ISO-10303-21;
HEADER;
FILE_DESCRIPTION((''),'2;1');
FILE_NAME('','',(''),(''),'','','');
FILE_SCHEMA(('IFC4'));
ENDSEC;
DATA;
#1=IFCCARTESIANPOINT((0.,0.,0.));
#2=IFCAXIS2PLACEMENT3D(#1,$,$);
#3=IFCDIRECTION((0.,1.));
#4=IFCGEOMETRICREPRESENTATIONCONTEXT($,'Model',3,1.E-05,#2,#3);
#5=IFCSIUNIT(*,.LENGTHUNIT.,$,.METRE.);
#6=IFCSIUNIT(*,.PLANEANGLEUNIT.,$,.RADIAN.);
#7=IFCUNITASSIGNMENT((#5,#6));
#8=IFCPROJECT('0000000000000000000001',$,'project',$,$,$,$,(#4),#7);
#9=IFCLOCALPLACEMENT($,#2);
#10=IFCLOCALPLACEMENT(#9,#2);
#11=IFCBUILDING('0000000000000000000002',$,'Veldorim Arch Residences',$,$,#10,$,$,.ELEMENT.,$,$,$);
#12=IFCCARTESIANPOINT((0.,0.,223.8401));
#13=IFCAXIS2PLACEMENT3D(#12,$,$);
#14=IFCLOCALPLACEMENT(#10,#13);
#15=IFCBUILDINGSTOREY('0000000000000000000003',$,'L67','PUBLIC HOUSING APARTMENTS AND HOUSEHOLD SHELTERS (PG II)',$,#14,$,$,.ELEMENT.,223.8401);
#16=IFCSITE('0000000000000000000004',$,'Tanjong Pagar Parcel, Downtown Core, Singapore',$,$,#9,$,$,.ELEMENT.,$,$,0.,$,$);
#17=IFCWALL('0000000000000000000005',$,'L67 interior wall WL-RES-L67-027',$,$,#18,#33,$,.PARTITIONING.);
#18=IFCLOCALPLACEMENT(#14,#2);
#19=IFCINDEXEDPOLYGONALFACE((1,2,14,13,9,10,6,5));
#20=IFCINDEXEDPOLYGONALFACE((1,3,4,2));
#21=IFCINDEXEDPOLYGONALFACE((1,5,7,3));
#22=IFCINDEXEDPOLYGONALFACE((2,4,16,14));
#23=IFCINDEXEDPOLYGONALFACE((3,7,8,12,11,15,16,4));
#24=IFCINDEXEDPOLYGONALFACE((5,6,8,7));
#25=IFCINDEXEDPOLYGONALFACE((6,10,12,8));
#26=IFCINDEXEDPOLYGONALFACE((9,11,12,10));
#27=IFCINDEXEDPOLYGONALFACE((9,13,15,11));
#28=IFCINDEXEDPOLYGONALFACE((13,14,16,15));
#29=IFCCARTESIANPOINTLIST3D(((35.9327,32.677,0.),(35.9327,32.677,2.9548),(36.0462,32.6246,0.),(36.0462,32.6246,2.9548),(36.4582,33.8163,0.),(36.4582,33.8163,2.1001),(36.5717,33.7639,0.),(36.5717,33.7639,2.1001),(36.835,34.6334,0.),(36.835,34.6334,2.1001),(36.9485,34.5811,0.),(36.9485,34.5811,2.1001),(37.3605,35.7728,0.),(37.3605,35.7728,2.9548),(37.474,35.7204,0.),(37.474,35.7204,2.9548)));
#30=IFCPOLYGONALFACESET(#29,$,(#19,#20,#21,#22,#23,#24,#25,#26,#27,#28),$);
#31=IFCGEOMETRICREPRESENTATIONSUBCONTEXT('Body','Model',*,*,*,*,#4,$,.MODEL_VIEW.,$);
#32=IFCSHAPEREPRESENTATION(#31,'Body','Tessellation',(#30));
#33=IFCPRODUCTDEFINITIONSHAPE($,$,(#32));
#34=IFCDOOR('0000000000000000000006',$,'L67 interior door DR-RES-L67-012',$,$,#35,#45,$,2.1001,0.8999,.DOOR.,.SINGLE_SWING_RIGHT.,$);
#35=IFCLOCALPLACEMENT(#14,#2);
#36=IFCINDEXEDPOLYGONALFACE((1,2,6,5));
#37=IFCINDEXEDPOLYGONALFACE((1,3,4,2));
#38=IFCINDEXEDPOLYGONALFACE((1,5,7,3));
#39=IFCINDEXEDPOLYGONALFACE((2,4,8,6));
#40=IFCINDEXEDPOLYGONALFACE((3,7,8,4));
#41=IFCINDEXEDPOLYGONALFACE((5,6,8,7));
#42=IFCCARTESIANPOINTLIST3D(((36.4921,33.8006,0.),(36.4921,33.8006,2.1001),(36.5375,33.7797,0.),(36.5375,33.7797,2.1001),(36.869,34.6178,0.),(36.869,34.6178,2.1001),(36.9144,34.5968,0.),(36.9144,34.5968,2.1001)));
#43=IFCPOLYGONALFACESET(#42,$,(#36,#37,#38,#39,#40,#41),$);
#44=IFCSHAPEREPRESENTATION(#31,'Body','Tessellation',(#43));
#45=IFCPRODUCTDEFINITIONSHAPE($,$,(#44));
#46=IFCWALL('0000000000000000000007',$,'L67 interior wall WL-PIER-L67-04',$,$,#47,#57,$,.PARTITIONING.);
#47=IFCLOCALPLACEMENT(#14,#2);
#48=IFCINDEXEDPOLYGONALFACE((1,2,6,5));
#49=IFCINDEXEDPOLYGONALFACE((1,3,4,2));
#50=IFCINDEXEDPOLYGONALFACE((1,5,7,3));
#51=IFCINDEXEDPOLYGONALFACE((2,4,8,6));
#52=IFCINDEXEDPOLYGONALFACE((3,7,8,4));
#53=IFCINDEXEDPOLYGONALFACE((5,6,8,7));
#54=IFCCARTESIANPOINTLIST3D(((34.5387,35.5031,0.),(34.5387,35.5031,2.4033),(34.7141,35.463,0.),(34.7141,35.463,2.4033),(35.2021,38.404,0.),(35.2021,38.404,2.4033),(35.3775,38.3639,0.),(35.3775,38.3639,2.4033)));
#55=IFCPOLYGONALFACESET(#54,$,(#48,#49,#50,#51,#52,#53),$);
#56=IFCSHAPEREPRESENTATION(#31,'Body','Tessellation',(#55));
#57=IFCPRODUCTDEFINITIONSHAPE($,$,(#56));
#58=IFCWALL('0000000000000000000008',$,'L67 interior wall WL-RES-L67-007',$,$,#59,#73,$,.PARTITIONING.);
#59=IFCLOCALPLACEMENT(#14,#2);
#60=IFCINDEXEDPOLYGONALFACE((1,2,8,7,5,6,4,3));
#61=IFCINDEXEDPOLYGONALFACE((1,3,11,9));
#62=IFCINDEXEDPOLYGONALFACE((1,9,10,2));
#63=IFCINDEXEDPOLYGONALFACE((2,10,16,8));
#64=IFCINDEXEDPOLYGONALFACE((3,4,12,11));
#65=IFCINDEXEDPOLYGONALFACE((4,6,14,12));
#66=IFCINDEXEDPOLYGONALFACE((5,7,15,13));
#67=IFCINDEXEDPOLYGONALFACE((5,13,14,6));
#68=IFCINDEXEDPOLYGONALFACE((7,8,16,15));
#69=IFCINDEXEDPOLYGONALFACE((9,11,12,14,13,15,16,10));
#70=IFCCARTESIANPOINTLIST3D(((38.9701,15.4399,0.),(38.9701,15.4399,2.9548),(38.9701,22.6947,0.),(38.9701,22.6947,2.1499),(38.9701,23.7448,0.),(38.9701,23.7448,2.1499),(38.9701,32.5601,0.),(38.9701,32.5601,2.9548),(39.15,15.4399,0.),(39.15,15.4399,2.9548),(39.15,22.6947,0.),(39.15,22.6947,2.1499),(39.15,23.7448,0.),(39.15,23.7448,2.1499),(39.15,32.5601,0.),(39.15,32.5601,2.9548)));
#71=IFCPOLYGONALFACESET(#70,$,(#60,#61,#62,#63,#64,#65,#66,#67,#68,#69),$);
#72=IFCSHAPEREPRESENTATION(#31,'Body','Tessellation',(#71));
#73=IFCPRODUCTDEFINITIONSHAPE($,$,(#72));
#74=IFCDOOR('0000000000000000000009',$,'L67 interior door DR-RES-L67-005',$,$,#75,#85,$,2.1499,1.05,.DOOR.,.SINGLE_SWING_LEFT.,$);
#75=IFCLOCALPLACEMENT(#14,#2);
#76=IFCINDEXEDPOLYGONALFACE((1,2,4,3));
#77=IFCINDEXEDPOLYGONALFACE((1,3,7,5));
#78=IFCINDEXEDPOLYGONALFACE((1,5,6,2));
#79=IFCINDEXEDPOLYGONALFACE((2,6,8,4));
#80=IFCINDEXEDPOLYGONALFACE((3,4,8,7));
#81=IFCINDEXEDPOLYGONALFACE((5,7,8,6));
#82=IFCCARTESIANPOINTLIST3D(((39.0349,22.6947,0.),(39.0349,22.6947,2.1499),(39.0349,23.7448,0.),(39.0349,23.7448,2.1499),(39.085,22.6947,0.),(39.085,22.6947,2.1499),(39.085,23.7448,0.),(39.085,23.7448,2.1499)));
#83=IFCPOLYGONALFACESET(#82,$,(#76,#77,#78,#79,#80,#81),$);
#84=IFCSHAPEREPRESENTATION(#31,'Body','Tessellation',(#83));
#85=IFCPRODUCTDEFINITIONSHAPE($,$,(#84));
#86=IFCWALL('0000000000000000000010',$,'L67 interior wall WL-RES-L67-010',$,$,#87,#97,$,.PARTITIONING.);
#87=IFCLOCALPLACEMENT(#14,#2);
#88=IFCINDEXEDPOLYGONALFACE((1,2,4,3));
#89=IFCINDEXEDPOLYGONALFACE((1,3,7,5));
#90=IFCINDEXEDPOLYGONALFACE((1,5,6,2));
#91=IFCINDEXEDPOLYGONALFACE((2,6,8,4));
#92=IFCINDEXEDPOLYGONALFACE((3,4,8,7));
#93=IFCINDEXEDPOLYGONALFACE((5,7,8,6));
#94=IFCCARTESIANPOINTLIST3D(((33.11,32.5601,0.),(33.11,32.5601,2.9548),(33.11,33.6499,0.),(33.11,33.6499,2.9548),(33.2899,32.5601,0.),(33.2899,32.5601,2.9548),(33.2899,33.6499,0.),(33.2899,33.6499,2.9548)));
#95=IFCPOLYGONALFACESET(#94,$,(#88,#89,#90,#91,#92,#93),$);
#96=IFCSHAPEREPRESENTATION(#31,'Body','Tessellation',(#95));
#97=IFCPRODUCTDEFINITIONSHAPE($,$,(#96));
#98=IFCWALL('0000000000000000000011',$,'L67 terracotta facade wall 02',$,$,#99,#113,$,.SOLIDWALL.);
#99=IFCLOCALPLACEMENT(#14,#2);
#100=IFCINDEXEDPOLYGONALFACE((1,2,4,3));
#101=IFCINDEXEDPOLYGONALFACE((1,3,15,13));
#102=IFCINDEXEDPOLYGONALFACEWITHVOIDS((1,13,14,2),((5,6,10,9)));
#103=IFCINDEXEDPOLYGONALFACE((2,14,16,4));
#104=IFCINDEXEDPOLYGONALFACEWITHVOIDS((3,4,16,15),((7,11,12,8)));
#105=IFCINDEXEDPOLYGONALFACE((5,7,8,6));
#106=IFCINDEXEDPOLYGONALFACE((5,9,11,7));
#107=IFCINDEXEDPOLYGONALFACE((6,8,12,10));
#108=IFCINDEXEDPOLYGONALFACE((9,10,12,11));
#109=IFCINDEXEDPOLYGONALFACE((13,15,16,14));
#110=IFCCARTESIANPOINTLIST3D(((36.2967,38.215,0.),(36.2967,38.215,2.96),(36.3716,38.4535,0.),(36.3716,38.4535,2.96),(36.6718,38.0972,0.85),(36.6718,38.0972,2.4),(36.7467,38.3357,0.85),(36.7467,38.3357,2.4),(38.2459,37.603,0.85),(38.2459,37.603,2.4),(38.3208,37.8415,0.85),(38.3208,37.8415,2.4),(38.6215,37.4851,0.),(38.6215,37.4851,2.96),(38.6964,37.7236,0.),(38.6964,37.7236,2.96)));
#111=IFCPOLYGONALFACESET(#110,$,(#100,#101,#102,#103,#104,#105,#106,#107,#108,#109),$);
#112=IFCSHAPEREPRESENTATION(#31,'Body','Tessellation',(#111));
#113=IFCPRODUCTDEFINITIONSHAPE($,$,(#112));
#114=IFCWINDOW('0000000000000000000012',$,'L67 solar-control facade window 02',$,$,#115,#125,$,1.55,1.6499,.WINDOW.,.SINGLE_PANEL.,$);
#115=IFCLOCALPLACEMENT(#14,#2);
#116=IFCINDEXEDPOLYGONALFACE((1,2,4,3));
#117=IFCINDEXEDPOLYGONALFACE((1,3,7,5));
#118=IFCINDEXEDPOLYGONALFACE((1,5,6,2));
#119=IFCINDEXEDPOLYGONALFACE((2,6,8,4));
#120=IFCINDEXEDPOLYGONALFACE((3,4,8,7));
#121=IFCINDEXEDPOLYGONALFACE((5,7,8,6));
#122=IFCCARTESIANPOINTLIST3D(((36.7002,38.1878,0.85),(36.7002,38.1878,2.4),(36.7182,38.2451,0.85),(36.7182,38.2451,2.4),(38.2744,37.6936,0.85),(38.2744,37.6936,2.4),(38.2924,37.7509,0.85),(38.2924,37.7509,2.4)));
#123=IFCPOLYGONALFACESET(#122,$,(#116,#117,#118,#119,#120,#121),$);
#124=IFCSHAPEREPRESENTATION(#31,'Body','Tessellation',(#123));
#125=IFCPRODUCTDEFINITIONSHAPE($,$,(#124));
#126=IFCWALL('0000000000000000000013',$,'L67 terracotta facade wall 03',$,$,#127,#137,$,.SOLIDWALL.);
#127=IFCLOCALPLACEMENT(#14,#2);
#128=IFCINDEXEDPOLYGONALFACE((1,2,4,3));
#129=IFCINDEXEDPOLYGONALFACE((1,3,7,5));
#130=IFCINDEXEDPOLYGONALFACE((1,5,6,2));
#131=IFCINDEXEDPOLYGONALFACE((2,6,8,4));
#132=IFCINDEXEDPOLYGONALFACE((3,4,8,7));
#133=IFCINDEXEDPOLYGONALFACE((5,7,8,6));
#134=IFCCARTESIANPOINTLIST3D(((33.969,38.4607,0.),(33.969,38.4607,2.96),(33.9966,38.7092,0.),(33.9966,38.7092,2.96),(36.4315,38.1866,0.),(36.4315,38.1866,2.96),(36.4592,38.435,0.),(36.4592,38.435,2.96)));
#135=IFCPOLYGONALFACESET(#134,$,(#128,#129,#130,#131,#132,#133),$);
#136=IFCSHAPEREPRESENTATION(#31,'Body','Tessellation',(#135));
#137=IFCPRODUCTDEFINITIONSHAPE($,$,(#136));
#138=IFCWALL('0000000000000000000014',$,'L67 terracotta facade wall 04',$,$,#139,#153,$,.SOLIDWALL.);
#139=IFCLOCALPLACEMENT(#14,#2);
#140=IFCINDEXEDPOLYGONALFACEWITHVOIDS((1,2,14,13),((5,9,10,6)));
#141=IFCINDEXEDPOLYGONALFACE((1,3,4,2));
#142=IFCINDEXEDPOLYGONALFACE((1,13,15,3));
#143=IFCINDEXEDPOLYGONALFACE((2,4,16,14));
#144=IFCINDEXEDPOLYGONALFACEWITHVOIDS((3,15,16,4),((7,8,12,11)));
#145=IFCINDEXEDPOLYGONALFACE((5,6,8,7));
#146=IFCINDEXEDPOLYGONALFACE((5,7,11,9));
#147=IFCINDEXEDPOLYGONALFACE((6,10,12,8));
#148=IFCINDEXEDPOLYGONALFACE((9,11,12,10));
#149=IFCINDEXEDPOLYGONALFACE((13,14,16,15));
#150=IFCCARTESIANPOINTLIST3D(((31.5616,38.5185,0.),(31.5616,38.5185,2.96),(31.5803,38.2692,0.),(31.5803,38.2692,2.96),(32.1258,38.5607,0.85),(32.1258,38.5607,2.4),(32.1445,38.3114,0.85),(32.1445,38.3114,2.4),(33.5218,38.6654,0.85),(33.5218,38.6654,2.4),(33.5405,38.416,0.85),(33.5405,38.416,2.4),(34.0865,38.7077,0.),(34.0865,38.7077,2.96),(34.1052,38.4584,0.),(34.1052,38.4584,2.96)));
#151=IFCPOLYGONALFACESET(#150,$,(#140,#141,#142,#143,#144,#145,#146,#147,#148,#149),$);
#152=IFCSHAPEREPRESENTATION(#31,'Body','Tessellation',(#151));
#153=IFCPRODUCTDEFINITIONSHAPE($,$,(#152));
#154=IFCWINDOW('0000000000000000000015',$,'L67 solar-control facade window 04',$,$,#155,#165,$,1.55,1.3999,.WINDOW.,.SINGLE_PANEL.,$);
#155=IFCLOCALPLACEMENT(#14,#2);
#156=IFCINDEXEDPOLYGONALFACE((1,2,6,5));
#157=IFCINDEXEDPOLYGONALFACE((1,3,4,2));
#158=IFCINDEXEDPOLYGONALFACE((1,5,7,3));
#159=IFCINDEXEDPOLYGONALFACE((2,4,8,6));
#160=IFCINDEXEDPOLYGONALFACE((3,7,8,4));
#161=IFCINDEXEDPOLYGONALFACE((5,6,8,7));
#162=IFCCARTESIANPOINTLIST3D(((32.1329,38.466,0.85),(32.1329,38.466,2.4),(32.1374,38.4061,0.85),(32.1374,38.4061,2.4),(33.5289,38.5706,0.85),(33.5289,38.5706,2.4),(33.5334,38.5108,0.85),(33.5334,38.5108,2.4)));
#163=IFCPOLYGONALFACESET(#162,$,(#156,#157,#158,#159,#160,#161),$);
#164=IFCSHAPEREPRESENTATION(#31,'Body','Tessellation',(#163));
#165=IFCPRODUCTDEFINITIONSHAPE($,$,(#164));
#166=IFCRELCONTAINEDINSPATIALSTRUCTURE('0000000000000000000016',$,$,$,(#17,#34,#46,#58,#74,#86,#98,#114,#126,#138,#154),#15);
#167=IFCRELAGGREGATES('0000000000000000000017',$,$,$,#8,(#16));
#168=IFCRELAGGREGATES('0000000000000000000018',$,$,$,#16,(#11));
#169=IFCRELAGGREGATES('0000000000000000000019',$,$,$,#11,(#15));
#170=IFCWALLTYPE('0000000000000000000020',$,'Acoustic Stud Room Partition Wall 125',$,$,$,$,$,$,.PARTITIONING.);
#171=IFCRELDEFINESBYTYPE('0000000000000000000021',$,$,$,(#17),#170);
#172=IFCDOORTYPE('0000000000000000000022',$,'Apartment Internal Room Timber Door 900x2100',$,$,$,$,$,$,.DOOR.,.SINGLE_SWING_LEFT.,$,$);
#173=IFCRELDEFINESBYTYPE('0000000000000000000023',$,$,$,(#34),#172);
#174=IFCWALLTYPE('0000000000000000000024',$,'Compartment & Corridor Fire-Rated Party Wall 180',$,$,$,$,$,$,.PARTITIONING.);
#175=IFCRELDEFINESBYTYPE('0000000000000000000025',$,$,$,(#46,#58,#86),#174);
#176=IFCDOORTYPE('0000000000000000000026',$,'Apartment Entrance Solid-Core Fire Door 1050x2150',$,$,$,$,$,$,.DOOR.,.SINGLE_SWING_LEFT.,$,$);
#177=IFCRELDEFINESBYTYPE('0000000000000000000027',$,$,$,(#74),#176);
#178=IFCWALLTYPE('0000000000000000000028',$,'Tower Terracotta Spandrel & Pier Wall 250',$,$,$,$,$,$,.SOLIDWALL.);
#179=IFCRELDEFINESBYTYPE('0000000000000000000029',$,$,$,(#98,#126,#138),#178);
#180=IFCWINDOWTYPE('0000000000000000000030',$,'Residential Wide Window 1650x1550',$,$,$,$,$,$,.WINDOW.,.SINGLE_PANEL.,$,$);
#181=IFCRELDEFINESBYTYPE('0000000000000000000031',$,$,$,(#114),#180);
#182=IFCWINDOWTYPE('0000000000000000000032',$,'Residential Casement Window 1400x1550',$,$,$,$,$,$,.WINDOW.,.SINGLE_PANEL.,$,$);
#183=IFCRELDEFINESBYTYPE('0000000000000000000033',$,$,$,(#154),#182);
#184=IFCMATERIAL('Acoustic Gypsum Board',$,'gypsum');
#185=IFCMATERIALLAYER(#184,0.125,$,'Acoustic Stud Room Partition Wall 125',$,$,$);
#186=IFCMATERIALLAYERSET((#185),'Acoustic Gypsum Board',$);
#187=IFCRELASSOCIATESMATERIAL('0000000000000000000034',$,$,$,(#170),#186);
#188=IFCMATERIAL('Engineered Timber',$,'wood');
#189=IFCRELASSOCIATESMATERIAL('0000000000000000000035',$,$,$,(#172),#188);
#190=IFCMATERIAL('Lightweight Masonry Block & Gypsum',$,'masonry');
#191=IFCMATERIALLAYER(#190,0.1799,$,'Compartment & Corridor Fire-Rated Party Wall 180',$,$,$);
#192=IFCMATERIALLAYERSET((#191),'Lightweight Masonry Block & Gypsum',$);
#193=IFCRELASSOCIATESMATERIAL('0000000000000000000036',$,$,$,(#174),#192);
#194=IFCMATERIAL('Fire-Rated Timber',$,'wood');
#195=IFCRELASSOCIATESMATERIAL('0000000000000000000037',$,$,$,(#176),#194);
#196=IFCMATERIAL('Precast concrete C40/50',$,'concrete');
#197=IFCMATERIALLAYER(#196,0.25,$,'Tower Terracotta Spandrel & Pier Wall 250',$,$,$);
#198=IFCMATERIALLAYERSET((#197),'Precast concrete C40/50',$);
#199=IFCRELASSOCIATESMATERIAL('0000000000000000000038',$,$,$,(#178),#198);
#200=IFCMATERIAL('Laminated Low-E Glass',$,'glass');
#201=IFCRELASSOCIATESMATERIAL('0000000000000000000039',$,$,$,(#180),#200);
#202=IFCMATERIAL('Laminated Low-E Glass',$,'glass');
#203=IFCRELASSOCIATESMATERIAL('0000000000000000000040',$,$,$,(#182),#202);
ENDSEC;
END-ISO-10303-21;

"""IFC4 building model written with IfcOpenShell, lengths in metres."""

from ifc_helpers import new_model, si_unit, direction, frame, frame_2d, origin, place, context, subcontext, project, spatial, rectangle, extrude, material, layer, layer_set, type_object, element, fill, save


model = new_model("IFC4")

# Units and contexts
model_context = context("Model", 3, precision=1e-05, world=origin(), true_north=direction((0.0, 1.0)))
body_context = subcontext(model_context, "Body", "Model", "MODEL_VIEW")
ifc_project = project(units=[si_unit("LENGTHUNIT", "METRE"), si_unit("PLANEANGLEUNIT", "RADIAN")], contexts=[model_context])

# Site, building, storey
site_placement = place(None, origin())
site = spatial("IfcSite", under=ifc_project, at=site_placement, Name="Tanjong Pagar Parcel, Downtown Core, Singapore", CompositionType="ELEMENT", RefElevation=0.0)
building_placement = place(site_placement, origin())
building = spatial("IfcBuilding", under=site, at=building_placement, Name="Veldorim Arch Residences", CompositionType="ELEMENT")
storey_placement = place(building_placement, frame((0.0, 0.0, 223.8401)))
storey = spatial("IfcBuildingStorey", under=building, at=storey_placement, Name="L67", Description="PUBLIC HOUSING APARTMENTS AND HOUSEHOLD SHELTERS (PG II)", CompositionType="ELEMENT", Elevation=223.8401)

# Wall, opening, door
ifc_material_1 = material(Name="Acoustic Gypsum Board", Category="gypsum")
ifc_layer_1 = layer(ifc_material_1, 0.125, Name="Acoustic Stud Room Partition Wall 125")
ifc_layer_set_1 = layer_set([ifc_layer_1], Name="Acoustic Gypsum Board")
wall_type_1 = type_object("IfcWallType", Name="Acoustic Stud Room Partition Wall 125", PredefinedType="PARTITIONING", material=ifc_layer_set_1)
wall_1_placement = place(storey_placement, frame((37.4172, 35.7466, 0.0), z_axis=(0.0, 0.0, 1.0), x_axis=(-0.418804, -0.908077, 0.0)))
wall_1 = element("IfcWall", 1, at=wall_1_placement, inside=storey, type_object=wall_type_1, Name="L67 interior wall WL-RES-L67-027", PredefinedType="PARTITIONING", context=body_context, shape_type="SweptSolid", body=[
    extrude(rectangle(XDim=3.4092, YDim=0.125, at=frame_2d((1.7046, 0.0))), origin(), (0.0, 0.0, 1.0), 2.9548),
])
opening_1_placement = place(wall_1_placement, frame((1.2546, 0.0, 0.0)))
opening_1 = element("IfcOpeningElement", 2, at=opening_1_placement, cuts=wall_1, PredefinedType="OPENING", context=body_context, shape_type="SweptSolid", body=[
    extrude(rectangle(XDim=0.8999, YDim=2.1001, at=frame_2d((0.45, 1.05))), frame((0.0, 0.0725, 0.0), z_axis=(0.0, -1.0, 0.0), x_axis=(1.0, 0.0, 0.0)), (0.0, 0.0, 1.0), 0.145),
])
ifc_material_2 = material(Name="Engineered Timber", Category="wood")
door_type_1 = type_object("IfcDoorType", Name="Apartment Internal Room Timber Door 900x2100", OperationType="SINGLE_SWING_LEFT", PredefinedType="DOOR", material=ifc_material_2)
door_1_placement = place(opening_1_placement, origin())
door_1 = element("IfcDoor", 3, at=door_1_placement, inside=storey, type_object=door_type_1, Name="L67 interior door DR-RES-L67-012", OperationType="SINGLE_SWING_RIGHT", OverallHeight=2.1001, OverallWidth=0.8999, PredefinedType="DOOR", context=body_context, shape_type="SweptSolid", body=[
    extrude(rectangle(XDim=0.8999, YDim=2.1001, at=frame_2d((0.45, 1.05))), frame((0.0, 0.0249, 0.0), z_axis=(0.0, -1.0, 0.0), x_axis=(1.0, 0.0, 0.0)), (0.0, 0.0, 1.0), 0.05),
])
fill(opening_1, door_1)

# Wall
ifc_material_3 = material(Name="Lightweight Masonry Block & Gypsum", Category="masonry")
ifc_layer_2 = layer(ifc_material_3, 0.1799, Name="Compartment & Corridor Fire-Rated Party Wall 180")
ifc_layer_set_2 = layer_set([ifc_layer_2], Name="Lightweight Masonry Block & Gypsum")
wall_type_2 = type_object("IfcWallType", Name="Compartment & Corridor Fire-Rated Party Wall 180", PredefinedType="PARTITIONING", material=ifc_layer_set_2)
wall_2_placement = place(storey_placement, frame((34.6265, 35.4832, 0.0), z_axis=(0.0, 0.0, 1.0), x_axis=(0.222912, 0.974839, 0.0)))
element("IfcWall", 4, at=wall_2_placement, inside=storey, type_object=wall_type_2, Name="L67 interior wall WL-PIER-L67-04", PredefinedType="PARTITIONING", context=body_context, shape_type="SweptSolid", body=[
    extrude(rectangle(XDim=2.9758, YDim=0.1799, at=frame_2d((1.4878, 0.0))), origin(), (0.0, 0.0, 1.0), 2.4033),
])

# Wall, opening, door
wall_3_placement = place(storey_placement, frame((39.0601, 32.5601, 0.0), z_axis=(0.0, 0.0, 1.0), x_axis=(0.0, -1.0, 0.0)))
wall_3 = element("IfcWall", 5, at=wall_3_placement, inside=storey, type_object=wall_type_2, Name="L67 interior wall WL-RES-L67-007", PredefinedType="PARTITIONING", context=body_context, shape_type="SweptSolid", body=[
    extrude(rectangle(XDim=17.1201, YDim=0.1799, at=frame_2d((8.5601, 0.0))), origin(), (0.0, 0.0, 1.0), 2.9548),
])
opening_2_placement = place(wall_3_placement, frame((8.8154, 0.0, 0.0)))
opening_2 = element("IfcOpeningElement", 6, at=opening_2_placement, cuts=wall_3, PredefinedType="OPENING", context=body_context, shape_type="SweptSolid", body=[
    extrude(rectangle(XDim=1.05, YDim=2.1499, at=frame_2d((0.5249, 1.075))), frame((0.0, 0.0999, 0.0), z_axis=(0.0, -1.0, 0.0), x_axis=(1.0, 0.0, 0.0)), (0.0, 0.0, 1.0), 0.2),
])
ifc_material_4 = material(Name="Fire-Rated Timber", Category="wood")
door_type_2 = type_object("IfcDoorType", Name="Apartment Entrance Solid-Core Fire Door 1050x2150", OperationType="SINGLE_SWING_LEFT", PredefinedType="DOOR", material=ifc_material_4)
door_2_placement = place(opening_2_placement, origin())
door_2 = element("IfcDoor", 7, at=door_2_placement, inside=storey, type_object=door_type_2, Name="L67 interior door DR-RES-L67-005", OperationType="SINGLE_SWING_LEFT", OverallHeight=2.1499, OverallWidth=1.05, PredefinedType="DOOR", context=body_context, shape_type="SweptSolid", body=[
    extrude(rectangle(XDim=1.05, YDim=2.1499, at=frame_2d((0.5249, 1.075))), frame((0.0, 0.0249, 0.0), z_axis=(0.0, -1.0, 0.0), x_axis=(1.0, 0.0, 0.0)), (0.0, 0.0, 1.0), 0.05),
])
fill(opening_2, door_2)

# Wall
wall_4_placement = place(storey_placement, frame((33.2, 33.6499, 0.0), z_axis=(0.0, 0.0, 1.0), x_axis=(0.0, -1.0, 0.0)))
element("IfcWall", 8, at=wall_4_placement, inside=storey, type_object=wall_type_2, Name="L67 interior wall WL-RES-L67-010", PredefinedType="PARTITIONING", context=body_context, shape_type="SweptSolid", body=[
    extrude(rectangle(XDim=1.0898, YDim=0.1799, at=frame_2d((0.5449, 0.0))), origin(), (0.0, 0.0, 1.0), 2.9548),
])

# Wall, opening, window
ifc_material_5 = material(Name="Precast concrete C40/50", Category="concrete")
ifc_layer_3 = layer(ifc_material_5, 0.25, Name="Tower Terracotta Spandrel & Pier Wall 250")
ifc_layer_set_3 = layer_set([ifc_layer_3], Name="Precast concrete C40/50")
wall_type_3 = type_object("IfcWallType", Name="Tower Terracotta Spandrel & Pier Wall 250", PredefinedType="SOLIDWALL", material=ifc_layer_set_3)
wall_5_placement = place(storey_placement, frame((36.3342, 38.3342, 0.0), z_axis=(0.0, 0.0, 1.0), x_axis=(0.954078, -0.299558, 0.0)))
wall_5 = element("IfcWall", 9, at=wall_5_placement, inside=storey, type_object=wall_type_3, Name="L67 terracotta facade wall 02", PredefinedType="SOLIDWALL", context=body_context, shape_type="SweptSolid", body=[
    extrude(rectangle(XDim=2.4368, YDim=0.25, at=frame_2d((1.2183, 0.0))), origin(), (0.0, 0.0, 1.0), 2.96),
])
opening_3_placement = place(wall_5_placement, frame((0.3931, 0.0, 0.8501)))
opening_3 = element("IfcOpeningElement", 10, at=opening_3_placement, cuts=wall_5, PredefinedType="OPENING", context=body_context, shape_type="SweptSolid", body=[
    extrude(rectangle(XDim=1.6499, YDim=1.55, at=frame_2d((0.825, 0.7749))), frame((0.0, 0.135, 0.0), z_axis=(0.0, -1.0, 0.0), x_axis=(1.0, 0.0, 0.0)), (0.0, 0.0, 1.0), 0.27),
])
ifc_material_6 = material(Name="Laminated Low-E Glass", Category="glass")
window_type_1 = type_object("IfcWindowType", Name="Residential Wide Window 1650x1550", PartitioningType="SINGLE_PANEL", PredefinedType="WINDOW", material=ifc_material_6)
window_1_placement = place(opening_3_placement, origin())
window_1 = element("IfcWindow", 11, at=window_1_placement, inside=storey, type_object=window_type_1, Name="L67 solar-control facade window 02", OverallHeight=1.55, OverallWidth=1.6499, PartitioningType="SINGLE_PANEL", PredefinedType="WINDOW", context=body_context, shape_type="SweptSolid", body=[
    extrude(rectangle(XDim=1.6499, YDim=1.55, at=frame_2d((0.825, 0.7749))), frame((0.0, 0.03, 0.0), z_axis=(0.0, -1.0, 0.0), x_axis=(1.0, 0.0, 0.0)), (0.0, 0.0, 1.0), 0.0601),
])
fill(opening_3, window_1)

# Wall
wall_6_placement = place(storey_placement, frame((33.9829, 38.585, 0.0), z_axis=(0.0, 0.0, 1.0), x_axis=(0.99386, -0.110648, 0.0)))
element("IfcWall", 12, at=wall_6_placement, inside=storey, type_object=wall_type_3, Name="L67 terracotta facade wall 03", PredefinedType="SOLIDWALL", context=body_context, shape_type="SweptSolid", body=[
    extrude(rectangle(XDim=2.4778, YDim=0.25, at=frame_2d((1.2388, 0.0))), origin(), (0.0, 0.0, 1.0), 2.96),
])

# Wall, opening, window
wall_7_placement = place(storey_placement, frame((31.5708, 38.3938, 0.0), z_axis=(0.0, 0.0, 1.0), x_axis=(0.997204, 0.074728, 0.0)))
wall_7 = element("IfcWall", 13, at=wall_7_placement, inside=storey, type_object=wall_type_3, Name="L67 terracotta facade wall 04", PredefinedType="SOLIDWALL", context=body_context, shape_type="SweptSolid", body=[
    extrude(rectangle(XDim=2.532, YDim=0.25, at=frame_2d((1.2661, 0.0))), origin(), (0.0, 0.0, 1.0), 2.96),
])
opening_4_placement = place(wall_7_placement, frame((0.5659, 0.0, 0.8501)))
opening_4 = element("IfcOpeningElement", 14, at=opening_4_placement, cuts=wall_7, PredefinedType="OPENING", context=body_context, shape_type="SweptSolid", body=[
    extrude(rectangle(XDim=1.3999, YDim=1.55, at=frame_2d((0.7, 0.7749))), frame((0.0, 0.135, 0.0), z_axis=(0.0, -1.0, 0.0), x_axis=(1.0, 0.0, 0.0)), (0.0, 0.0, 1.0), 0.27),
])
ifc_material_7 = material(Name="Laminated Low-E Glass", Category="glass")
window_type_2 = type_object("IfcWindowType", Name="Residential Casement Window 1400x1550", PartitioningType="SINGLE_PANEL", PredefinedType="WINDOW", material=ifc_material_7)
window_2_placement = place(opening_4_placement, origin())
window_2 = element("IfcWindow", 15, at=window_2_placement, inside=storey, type_object=window_type_2, Name="L67 solar-control facade window 04", OverallHeight=1.55, OverallWidth=1.3999, PartitioningType="SINGLE_PANEL", PredefinedType="WINDOW", context=body_context, shape_type="SweptSolid", body=[
    extrude(rectangle(XDim=1.3999, YDim=1.55, at=frame_2d((0.7, 0.7749))), frame((0.0, 0.03, 0.0), z_axis=(0.0, -1.0, 0.0), x_axis=(1.0, 0.0, 0.0)), (0.0, 0.0, 1.0), 0.0601),
])
fill(opening_4, window_2)

save(model, "model.ifc")
